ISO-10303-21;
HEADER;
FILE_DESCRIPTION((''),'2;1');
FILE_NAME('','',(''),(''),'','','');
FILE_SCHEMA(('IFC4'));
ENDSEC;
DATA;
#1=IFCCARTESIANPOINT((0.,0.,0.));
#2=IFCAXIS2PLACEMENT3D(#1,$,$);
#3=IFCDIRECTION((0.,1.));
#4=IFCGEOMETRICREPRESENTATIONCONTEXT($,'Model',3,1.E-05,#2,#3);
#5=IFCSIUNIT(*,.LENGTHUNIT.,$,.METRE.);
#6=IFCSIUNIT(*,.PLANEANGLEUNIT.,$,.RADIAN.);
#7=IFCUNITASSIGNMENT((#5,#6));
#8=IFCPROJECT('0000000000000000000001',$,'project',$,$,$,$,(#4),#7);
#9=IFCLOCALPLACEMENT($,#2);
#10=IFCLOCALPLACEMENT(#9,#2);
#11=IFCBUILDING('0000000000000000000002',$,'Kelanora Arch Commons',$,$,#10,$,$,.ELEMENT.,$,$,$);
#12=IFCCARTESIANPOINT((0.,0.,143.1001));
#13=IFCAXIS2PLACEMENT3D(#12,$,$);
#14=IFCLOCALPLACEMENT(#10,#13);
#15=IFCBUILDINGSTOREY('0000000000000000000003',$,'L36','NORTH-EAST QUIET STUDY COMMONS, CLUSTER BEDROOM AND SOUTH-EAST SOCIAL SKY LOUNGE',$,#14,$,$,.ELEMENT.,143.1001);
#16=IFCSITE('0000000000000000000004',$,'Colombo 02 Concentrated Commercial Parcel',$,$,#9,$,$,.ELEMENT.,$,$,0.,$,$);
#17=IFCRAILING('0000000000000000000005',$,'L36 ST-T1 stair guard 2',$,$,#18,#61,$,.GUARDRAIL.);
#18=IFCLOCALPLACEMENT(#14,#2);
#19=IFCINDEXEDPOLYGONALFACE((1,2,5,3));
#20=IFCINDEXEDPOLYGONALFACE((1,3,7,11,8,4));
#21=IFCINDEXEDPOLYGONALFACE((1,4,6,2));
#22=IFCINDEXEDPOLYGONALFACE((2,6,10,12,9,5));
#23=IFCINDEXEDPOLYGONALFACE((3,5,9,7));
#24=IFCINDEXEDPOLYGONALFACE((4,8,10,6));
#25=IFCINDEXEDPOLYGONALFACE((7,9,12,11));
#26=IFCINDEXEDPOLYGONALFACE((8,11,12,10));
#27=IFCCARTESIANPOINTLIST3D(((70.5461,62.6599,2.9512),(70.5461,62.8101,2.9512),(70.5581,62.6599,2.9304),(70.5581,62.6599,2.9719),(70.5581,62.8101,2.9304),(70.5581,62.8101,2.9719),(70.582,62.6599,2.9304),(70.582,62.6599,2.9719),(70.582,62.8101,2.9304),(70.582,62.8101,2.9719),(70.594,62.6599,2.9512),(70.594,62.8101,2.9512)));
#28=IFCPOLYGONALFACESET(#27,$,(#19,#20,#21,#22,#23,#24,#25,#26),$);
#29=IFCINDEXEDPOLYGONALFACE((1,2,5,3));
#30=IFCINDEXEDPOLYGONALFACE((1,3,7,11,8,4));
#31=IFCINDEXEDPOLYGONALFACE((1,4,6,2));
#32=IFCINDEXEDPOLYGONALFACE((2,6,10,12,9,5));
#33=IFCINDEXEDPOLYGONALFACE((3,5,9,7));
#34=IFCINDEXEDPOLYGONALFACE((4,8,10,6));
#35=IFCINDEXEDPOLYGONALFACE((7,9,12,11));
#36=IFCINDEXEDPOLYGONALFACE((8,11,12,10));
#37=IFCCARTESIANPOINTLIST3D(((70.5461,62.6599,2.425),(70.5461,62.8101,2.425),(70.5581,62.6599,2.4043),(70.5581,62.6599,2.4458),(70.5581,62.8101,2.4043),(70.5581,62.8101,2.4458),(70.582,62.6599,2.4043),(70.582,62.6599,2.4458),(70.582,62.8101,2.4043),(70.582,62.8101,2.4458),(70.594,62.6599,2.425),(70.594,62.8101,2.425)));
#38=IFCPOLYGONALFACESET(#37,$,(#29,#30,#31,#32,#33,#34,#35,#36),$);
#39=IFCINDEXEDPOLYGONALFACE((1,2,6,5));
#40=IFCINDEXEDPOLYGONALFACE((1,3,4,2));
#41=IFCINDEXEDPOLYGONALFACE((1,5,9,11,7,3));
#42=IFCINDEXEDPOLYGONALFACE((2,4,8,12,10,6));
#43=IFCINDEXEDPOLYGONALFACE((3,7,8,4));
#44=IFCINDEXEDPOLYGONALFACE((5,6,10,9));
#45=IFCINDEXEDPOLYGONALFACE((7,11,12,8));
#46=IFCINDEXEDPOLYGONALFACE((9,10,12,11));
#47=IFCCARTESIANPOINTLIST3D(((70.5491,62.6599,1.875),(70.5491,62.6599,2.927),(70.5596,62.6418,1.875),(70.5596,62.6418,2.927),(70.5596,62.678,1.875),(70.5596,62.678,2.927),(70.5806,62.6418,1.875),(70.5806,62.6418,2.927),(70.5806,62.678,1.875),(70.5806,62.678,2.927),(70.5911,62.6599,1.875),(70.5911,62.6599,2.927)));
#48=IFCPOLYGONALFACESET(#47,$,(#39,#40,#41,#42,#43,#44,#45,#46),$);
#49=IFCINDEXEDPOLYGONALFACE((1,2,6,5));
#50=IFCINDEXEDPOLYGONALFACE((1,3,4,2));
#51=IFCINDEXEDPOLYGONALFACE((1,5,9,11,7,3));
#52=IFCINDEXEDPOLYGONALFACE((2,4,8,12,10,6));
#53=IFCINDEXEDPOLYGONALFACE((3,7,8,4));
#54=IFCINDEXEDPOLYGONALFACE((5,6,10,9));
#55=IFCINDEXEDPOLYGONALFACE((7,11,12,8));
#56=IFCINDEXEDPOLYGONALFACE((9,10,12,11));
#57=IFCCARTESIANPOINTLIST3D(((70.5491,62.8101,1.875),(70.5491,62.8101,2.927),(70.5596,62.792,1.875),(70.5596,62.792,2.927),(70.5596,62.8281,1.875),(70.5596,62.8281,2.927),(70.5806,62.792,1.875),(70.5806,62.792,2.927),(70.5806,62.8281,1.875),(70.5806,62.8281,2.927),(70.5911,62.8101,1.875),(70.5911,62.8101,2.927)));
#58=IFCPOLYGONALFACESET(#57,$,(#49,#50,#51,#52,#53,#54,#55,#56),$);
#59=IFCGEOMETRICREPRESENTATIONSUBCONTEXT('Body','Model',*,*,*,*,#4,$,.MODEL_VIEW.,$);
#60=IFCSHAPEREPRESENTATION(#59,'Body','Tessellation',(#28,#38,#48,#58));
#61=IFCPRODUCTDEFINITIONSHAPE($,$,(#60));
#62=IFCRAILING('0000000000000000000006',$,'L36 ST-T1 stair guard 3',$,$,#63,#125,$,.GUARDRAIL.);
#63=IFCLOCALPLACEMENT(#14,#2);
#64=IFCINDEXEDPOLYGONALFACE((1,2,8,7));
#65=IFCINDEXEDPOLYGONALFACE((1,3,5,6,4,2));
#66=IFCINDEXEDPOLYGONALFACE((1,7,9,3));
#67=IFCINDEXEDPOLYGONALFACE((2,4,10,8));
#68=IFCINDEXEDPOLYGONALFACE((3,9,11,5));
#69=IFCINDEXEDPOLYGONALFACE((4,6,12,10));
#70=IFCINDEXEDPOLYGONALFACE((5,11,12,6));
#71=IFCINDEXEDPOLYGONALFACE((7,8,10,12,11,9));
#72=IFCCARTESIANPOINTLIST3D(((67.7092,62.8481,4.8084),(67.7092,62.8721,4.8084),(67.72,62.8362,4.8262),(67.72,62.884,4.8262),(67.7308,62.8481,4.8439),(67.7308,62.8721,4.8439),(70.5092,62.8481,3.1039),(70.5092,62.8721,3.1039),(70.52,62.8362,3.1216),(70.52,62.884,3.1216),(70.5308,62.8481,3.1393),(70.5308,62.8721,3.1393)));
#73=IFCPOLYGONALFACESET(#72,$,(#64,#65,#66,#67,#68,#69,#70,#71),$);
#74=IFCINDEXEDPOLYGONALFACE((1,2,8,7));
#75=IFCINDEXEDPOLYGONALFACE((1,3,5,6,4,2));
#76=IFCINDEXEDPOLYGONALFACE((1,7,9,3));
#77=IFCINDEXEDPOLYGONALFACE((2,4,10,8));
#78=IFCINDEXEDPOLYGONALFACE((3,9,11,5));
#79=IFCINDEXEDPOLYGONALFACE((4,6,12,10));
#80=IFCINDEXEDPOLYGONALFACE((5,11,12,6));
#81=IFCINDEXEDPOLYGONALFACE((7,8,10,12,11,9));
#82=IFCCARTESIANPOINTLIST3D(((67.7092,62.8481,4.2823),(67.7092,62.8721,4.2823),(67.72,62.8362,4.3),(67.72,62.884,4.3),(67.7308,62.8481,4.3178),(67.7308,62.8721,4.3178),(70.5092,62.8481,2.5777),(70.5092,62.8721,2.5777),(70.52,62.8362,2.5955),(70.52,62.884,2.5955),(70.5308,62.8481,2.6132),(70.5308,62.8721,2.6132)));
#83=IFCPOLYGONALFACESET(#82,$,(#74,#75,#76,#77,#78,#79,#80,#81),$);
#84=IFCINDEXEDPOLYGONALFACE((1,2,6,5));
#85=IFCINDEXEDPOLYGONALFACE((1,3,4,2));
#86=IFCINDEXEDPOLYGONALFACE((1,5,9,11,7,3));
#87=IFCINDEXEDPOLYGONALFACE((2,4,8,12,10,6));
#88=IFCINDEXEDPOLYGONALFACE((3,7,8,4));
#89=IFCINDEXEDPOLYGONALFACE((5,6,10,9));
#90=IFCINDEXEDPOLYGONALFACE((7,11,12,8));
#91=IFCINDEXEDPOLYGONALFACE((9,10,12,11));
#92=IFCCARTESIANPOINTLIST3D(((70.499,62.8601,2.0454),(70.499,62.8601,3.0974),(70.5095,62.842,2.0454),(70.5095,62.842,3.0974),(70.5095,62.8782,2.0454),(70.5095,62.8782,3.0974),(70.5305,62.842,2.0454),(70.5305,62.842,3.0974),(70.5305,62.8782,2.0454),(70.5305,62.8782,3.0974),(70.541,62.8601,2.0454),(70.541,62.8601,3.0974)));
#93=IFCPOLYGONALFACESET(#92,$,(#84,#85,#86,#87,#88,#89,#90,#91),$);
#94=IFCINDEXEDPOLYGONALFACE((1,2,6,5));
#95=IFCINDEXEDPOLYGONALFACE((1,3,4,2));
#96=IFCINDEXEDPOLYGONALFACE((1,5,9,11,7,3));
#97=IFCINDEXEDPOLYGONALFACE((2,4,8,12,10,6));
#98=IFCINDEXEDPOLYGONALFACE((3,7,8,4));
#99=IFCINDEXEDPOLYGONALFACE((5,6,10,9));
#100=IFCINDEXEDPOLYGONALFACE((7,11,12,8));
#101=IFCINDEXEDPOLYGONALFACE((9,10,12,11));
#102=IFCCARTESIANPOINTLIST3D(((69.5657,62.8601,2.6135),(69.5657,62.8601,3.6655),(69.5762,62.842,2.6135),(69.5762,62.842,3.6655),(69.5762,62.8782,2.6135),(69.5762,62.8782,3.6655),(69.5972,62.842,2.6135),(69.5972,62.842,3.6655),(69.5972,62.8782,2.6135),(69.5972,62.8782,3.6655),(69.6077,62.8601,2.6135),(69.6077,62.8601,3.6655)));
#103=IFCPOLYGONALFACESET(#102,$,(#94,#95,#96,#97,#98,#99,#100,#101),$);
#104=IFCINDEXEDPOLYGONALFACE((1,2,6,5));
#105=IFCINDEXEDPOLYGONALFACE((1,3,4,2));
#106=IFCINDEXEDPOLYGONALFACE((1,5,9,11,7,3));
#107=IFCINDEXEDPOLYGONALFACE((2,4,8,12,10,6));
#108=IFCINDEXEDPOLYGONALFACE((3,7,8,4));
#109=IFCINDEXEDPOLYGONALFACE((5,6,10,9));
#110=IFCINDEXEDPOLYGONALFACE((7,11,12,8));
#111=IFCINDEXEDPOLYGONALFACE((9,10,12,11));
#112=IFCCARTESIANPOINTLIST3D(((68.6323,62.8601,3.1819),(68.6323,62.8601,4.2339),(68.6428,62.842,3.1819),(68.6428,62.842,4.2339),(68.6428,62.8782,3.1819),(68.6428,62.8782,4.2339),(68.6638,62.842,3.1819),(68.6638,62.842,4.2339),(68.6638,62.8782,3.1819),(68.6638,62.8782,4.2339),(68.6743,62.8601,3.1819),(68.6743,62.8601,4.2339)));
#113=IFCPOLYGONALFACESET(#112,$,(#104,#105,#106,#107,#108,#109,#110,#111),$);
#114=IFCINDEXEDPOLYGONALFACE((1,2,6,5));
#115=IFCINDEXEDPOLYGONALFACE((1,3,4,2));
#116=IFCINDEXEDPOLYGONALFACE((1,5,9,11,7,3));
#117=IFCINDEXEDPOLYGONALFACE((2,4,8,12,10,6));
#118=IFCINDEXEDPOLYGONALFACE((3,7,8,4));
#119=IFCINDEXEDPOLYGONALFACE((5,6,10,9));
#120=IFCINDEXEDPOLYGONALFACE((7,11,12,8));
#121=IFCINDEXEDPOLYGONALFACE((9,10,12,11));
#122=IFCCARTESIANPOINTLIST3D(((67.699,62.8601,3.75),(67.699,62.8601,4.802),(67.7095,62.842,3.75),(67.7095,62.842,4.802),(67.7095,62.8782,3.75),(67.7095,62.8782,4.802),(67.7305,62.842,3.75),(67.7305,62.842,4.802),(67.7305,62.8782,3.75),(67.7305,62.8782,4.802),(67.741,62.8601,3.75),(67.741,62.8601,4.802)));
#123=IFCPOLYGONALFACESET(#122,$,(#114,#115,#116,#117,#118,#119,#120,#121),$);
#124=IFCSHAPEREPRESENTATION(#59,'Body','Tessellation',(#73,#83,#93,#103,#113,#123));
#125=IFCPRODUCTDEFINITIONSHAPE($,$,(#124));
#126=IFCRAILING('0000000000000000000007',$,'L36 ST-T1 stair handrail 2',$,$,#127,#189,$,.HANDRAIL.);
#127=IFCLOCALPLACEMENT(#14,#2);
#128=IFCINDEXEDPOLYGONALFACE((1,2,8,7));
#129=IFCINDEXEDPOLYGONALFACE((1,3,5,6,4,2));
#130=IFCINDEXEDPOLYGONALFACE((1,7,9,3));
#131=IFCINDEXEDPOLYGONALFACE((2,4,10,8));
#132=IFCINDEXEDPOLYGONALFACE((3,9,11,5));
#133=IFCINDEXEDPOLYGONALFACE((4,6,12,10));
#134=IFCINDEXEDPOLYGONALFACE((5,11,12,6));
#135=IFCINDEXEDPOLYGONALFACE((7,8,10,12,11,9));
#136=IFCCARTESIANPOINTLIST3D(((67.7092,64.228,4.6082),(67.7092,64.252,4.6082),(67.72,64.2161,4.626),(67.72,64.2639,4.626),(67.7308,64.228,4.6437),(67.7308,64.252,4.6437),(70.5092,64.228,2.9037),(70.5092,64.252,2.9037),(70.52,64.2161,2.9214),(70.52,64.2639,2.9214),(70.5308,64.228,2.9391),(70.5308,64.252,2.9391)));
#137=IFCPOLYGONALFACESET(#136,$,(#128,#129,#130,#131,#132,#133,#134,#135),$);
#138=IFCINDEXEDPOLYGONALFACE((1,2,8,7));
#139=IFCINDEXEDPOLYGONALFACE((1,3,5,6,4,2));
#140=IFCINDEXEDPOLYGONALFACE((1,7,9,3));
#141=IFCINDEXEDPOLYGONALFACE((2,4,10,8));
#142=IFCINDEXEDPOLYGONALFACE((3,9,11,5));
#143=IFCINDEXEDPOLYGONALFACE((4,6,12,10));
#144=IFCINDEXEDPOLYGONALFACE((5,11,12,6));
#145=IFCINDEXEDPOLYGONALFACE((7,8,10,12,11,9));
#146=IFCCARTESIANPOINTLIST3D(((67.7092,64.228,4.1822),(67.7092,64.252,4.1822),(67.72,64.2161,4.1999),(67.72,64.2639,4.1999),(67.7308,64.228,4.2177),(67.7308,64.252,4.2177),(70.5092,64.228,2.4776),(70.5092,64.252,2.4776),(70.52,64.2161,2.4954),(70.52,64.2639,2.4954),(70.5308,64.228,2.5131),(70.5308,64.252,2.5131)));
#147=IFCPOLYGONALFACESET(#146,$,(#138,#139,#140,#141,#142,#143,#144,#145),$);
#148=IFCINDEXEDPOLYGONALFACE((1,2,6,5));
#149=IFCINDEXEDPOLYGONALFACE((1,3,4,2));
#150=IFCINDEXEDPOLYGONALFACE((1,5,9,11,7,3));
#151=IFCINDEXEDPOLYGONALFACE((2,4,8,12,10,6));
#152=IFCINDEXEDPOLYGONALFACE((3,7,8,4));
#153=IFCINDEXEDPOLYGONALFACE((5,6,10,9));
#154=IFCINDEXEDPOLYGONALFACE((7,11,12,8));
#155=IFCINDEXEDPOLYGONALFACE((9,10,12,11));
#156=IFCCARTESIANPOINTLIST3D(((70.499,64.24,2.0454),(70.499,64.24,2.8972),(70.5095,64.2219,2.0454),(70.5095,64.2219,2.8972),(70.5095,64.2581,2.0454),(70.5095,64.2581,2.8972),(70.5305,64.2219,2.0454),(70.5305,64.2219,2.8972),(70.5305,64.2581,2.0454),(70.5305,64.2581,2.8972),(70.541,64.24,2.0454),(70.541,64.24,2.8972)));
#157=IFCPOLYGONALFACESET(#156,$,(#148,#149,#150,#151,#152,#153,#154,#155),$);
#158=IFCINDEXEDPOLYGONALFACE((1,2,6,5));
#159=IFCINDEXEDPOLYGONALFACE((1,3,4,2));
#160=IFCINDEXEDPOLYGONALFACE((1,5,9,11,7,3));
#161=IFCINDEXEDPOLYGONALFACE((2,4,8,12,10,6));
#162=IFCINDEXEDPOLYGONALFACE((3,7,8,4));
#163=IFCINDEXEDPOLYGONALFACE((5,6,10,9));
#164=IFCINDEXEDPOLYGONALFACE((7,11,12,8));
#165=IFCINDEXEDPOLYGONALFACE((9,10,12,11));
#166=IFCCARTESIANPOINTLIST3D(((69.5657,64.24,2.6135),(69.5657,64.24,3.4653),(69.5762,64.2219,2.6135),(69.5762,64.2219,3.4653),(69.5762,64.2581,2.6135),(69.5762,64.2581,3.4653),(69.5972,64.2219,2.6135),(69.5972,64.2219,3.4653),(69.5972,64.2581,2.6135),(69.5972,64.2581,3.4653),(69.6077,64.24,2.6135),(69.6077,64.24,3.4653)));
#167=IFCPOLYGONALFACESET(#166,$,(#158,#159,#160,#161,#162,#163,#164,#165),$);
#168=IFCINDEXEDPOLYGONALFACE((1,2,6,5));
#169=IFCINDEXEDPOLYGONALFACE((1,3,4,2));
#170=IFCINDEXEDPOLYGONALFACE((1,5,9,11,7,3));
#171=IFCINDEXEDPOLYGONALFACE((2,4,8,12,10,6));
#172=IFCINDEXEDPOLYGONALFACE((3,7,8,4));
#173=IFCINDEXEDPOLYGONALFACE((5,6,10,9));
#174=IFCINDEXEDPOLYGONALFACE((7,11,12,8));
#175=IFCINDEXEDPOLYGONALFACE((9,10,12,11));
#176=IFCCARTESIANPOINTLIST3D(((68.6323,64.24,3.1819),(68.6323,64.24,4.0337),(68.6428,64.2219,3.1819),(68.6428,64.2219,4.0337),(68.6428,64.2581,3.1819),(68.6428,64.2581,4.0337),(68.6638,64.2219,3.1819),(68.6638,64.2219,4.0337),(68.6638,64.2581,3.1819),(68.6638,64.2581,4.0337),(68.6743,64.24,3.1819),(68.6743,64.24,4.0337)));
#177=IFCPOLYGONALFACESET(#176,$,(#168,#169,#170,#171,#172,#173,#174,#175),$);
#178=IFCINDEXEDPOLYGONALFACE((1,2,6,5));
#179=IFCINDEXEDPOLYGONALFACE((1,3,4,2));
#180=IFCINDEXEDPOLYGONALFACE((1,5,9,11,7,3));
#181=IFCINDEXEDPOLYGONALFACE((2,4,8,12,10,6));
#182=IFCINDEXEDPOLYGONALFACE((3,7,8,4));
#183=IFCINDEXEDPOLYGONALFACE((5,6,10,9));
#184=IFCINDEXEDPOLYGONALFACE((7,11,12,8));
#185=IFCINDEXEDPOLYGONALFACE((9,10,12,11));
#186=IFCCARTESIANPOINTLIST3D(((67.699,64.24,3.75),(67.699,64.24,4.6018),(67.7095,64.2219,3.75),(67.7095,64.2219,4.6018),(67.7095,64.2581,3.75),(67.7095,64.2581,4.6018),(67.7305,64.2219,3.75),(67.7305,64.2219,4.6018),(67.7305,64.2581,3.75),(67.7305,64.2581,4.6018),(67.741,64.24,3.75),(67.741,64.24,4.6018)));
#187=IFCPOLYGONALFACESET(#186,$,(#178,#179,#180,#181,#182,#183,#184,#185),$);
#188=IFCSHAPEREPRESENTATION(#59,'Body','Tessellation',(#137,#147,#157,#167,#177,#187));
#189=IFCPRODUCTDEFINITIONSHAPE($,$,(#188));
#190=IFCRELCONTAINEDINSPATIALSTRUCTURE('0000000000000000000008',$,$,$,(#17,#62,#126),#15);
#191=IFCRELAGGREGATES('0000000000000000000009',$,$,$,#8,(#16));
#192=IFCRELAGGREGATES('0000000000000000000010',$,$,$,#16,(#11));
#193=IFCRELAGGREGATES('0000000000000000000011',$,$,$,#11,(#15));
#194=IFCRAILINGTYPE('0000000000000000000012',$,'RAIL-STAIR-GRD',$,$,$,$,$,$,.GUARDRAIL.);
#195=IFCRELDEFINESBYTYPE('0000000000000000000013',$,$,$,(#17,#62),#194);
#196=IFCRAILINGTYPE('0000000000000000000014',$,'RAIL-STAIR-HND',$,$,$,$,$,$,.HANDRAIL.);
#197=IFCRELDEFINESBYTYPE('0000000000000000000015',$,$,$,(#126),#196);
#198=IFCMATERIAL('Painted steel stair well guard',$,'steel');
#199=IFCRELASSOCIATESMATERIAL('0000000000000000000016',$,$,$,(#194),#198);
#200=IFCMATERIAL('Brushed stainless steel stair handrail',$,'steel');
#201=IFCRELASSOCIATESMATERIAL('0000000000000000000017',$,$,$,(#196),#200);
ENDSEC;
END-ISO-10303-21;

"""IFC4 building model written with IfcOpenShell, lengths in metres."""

from ifc_helpers import new_model, si_unit, direction, frame, origin, place, context, subcontext, project, spatial, polyline, outline, extrude, material, type_object, element, save


model = new_model("IFC4")

# Units and contexts
model_context = context("Model", 3, precision=1e-05, world=origin(), true_north=direction((0.0, 1.0)))
body_context = subcontext(model_context, "Body", "Model", "MODEL_VIEW")
ifc_project = project(units=[si_unit("LENGTHUNIT", "METRE"), si_unit("PLANEANGLEUNIT", "RADIAN")], contexts=[model_context])

# Site, building, storey
site_placement = place(None, origin())
site = spatial("IfcSite", under=ifc_project, at=site_placement, Name="Colombo 02 Concentrated Commercial Parcel", CompositionType="ELEMENT", RefElevation=0.0)
building_placement = place(site_placement, origin())
building = spatial("IfcBuilding", under=site, at=building_placement, Name="Kelanora Arch Commons", CompositionType="ELEMENT")
storey_placement = place(building_placement, frame((0.0, 0.0, 143.1001)))
storey = spatial("IfcBuildingStorey", under=building, at=storey_placement, Name="L36", Description="NORTH-EAST QUIET STUDY COMMONS, CLUSTER BEDROOM AND SOUTH-EAST SOCIAL SKY LOUNGE", CompositionType="ELEMENT", Elevation=143.1001)

# Railings
ifc_material_1 = material(Name="Painted steel stair well guard", Category="steel")
railing_type_1 = type_object("IfcRailingType", Name="RAIL-STAIR-GRD", PredefinedType="GUARDRAIL", material=ifc_material_1)
railing_1_placement = place(storey_placement, frame((70.5701, 62.6599, 1.875)))
element("IfcRailing", 1, at=railing_1_placement, inside=storey, type_object=railing_type_1, Name="L36 ST-T1 stair guard 2", PredefinedType="GUARDRAIL", context=body_context, shape_type="SweptSolid", body=[
    extrude(outline(polyline([(0.0239, 0.0), (0.012, 0.0208), (-0.012, 0.0208), (-0.0239, 0.0), (-0.012, -0.0208), (0.012, -0.0208), (0.0239, 0.0)])), frame((0.0, 0.0, 1.0762), z_axis=(0.0, 1.0, 0.0), x_axis=(-1.0, 0.0, 0.0)), (0.0, 0.0, 1.0), 0.1501),
    extrude(outline(polyline([(0.0239, 0.0), (0.012, 0.0208), (-0.012, 0.0208), (-0.0239, 0.0), (-0.012, -0.0208), (0.012, -0.0208), (0.0239, 0.0)])), frame((0.0, 0.0, 0.55), z_axis=(0.0, 1.0, 0.0), x_axis=(-1.0, 0.0, 0.0)), (0.0, 0.0, 1.0), 0.1501),
    extrude(outline(polyline([(0.021, 0.0), (0.0105, 0.0181), (-0.0105, 0.0181), (-0.021, 0.0), (-0.0105, -0.0181), (0.0105, -0.0181), (0.021, 0.0)])), origin(), (0.0, 0.0, 1.0), 1.052),
    extrude(outline(polyline([(0.021, 0.0), (0.0105, 0.0181), (-0.0105, 0.0181), (-0.021, 0.0), (-0.0105, -0.0181), (0.0105, -0.0181), (0.021, 0.0)])), frame((0.0, 0.1501, 0.0)), (0.0, 0.0, 1.0), 1.052),
])
railing_2_placement = place(storey_placement, frame((70.52, 62.8601, 2.0454)))
element("IfcRailing", 2, at=railing_2_placement, inside=storey, type_object=railing_type_1, Name="L36 ST-T1 stair guard 3", PredefinedType="GUARDRAIL", context=body_context, shape_type="SweptSolid", body=[
    extrude(outline(polyline([(0.0239, 0.0), (0.012, 0.0208), (-0.012, 0.0208), (-0.0239, 0.0), (-0.012, -0.0208), (0.012, -0.0208), (0.0239, 0.0)])), frame((0.0, 0.0, 1.0762), z_axis=(-0.85417, 0.0, 0.519994), x_axis=(0.0, -1.0, 0.0)), (0.0, 0.0, 1.0), 3.2781),
    extrude(outline(polyline([(0.0239, 0.0), (0.012, 0.0208), (-0.012, 0.0208), (-0.0239, 0.0), (-0.012, -0.0208), (0.012, -0.0208), (0.0239, 0.0)])), frame((0.0, 0.0, 0.55), z_axis=(-0.85417, 0.0, 0.519994), x_axis=(0.0, -1.0, 0.0)), (0.0, 0.0, 1.0), 3.2781),
    extrude(outline(polyline([(0.021, 0.0), (0.0105, 0.0181), (-0.0105, 0.0181), (-0.021, 0.0), (-0.0105, -0.0181), (0.0105, -0.0181), (0.021, 0.0)])), origin(), (0.0, 0.0, 1.0), 1.052),
    extrude(outline(polyline([(0.021, 0.0), (0.0105, 0.0181), (-0.0105, 0.0181), (-0.021, 0.0), (-0.0105, -0.0181), (0.0105, -0.0181), (0.021, 0.0)])), frame((-0.9333, 0.0, 0.5681)), (0.0, 0.0, 1.0), 1.052),
    extrude(outline(polyline([(0.021, 0.0), (0.0105, 0.0181), (-0.0105, 0.0181), (-0.021, 0.0), (-0.0105, -0.0181), (0.0105, -0.0181), (0.021, 0.0)])), frame((-1.8667, 0.0, 1.1365)), (0.0, 0.0, 1.0), 1.052),
    extrude(outline(polyline([(0.021, 0.0), (0.0105, 0.0181), (-0.0105, 0.0181), (-0.021, 0.0), (-0.0105, -0.0181), (0.0105, -0.0181), (0.021, 0.0)])), frame((-2.8, 0.0, 1.7046)), (0.0, 0.0, 1.0), 1.052),
])
ifc_material_2 = material(Name="Brushed stainless steel stair handrail", Category="steel")
railing_type_2 = type_object("IfcRailingType", Name="RAIL-STAIR-HND", PredefinedType="HANDRAIL", material=ifc_material_2)
railing_3_placement = place(storey_placement, frame((70.52, 64.24, 2.0454)))
element("IfcRailing", 3, at=railing_3_placement, inside=storey, type_object=railing_type_2, Name="L36 ST-T1 stair handrail 2", PredefinedType="HANDRAIL", context=body_context, shape_type="SweptSolid", body=[
    extrude(outline(polyline([(0.0239, 0.0), (0.012, 0.0208), (-0.012, 0.0208), (-0.0239, 0.0), (-0.012, -0.0208), (0.012, -0.0208), (0.0239, 0.0)])), frame((0.0, 0.0, 0.876), z_axis=(-0.85417, 0.0, 0.519994), x_axis=(0.0, -1.0, 0.0)), (0.0, 0.0, 1.0), 3.2781),
    extrude(outline(polyline([(0.0239, 0.0), (0.012, 0.0208), (-0.012, 0.0208), (-0.0239, 0.0), (-0.012, -0.0208), (0.012, -0.0208), (0.0239, 0.0)])), frame((0.0, 0.0, 0.45), z_axis=(-0.85417, 0.0, 0.519994), x_axis=(0.0, -1.0, 0.0)), (0.0, 0.0, 1.0), 3.2781),
    extrude(outline(polyline([(0.021, 0.0), (0.0105, 0.0181), (-0.0105, 0.0181), (-0.021, 0.0), (-0.0105, -0.0181), (0.0105, -0.0181), (0.021, 0.0)])), origin(), (0.0, 0.0, 1.0), 0.8518),
    extrude(outline(polyline([(0.021, 0.0), (0.0105, 0.0181), (-0.0105, 0.0181), (-0.021, 0.0), (-0.0105, -0.0181), (0.0105, -0.0181), (0.021, 0.0)])), frame((-0.9333, 0.0, 0.5681)), (0.0, 0.0, 1.0), 0.8518),
    extrude(outline(polyline([(0.021, 0.0), (0.0105, 0.0181), (-0.0105, 0.0181), (-0.021, 0.0), (-0.0105, -0.0181), (0.0105, -0.0181), (0.021, 0.0)])), frame((-1.8667, 0.0, 1.1365)), (0.0, 0.0, 1.0), 0.8518),
    extrude(outline(polyline([(0.021, 0.0), (0.0105, 0.0181), (-0.0105, 0.0181), (-0.021, 0.0), (-0.0105, -0.0181), (0.0105, -0.0181), (0.021, 0.0)])), frame((-2.8, 0.0, 1.7046)), (0.0, 0.0, 1.0), 0.8518),
])

save(model, "model.ifc")
